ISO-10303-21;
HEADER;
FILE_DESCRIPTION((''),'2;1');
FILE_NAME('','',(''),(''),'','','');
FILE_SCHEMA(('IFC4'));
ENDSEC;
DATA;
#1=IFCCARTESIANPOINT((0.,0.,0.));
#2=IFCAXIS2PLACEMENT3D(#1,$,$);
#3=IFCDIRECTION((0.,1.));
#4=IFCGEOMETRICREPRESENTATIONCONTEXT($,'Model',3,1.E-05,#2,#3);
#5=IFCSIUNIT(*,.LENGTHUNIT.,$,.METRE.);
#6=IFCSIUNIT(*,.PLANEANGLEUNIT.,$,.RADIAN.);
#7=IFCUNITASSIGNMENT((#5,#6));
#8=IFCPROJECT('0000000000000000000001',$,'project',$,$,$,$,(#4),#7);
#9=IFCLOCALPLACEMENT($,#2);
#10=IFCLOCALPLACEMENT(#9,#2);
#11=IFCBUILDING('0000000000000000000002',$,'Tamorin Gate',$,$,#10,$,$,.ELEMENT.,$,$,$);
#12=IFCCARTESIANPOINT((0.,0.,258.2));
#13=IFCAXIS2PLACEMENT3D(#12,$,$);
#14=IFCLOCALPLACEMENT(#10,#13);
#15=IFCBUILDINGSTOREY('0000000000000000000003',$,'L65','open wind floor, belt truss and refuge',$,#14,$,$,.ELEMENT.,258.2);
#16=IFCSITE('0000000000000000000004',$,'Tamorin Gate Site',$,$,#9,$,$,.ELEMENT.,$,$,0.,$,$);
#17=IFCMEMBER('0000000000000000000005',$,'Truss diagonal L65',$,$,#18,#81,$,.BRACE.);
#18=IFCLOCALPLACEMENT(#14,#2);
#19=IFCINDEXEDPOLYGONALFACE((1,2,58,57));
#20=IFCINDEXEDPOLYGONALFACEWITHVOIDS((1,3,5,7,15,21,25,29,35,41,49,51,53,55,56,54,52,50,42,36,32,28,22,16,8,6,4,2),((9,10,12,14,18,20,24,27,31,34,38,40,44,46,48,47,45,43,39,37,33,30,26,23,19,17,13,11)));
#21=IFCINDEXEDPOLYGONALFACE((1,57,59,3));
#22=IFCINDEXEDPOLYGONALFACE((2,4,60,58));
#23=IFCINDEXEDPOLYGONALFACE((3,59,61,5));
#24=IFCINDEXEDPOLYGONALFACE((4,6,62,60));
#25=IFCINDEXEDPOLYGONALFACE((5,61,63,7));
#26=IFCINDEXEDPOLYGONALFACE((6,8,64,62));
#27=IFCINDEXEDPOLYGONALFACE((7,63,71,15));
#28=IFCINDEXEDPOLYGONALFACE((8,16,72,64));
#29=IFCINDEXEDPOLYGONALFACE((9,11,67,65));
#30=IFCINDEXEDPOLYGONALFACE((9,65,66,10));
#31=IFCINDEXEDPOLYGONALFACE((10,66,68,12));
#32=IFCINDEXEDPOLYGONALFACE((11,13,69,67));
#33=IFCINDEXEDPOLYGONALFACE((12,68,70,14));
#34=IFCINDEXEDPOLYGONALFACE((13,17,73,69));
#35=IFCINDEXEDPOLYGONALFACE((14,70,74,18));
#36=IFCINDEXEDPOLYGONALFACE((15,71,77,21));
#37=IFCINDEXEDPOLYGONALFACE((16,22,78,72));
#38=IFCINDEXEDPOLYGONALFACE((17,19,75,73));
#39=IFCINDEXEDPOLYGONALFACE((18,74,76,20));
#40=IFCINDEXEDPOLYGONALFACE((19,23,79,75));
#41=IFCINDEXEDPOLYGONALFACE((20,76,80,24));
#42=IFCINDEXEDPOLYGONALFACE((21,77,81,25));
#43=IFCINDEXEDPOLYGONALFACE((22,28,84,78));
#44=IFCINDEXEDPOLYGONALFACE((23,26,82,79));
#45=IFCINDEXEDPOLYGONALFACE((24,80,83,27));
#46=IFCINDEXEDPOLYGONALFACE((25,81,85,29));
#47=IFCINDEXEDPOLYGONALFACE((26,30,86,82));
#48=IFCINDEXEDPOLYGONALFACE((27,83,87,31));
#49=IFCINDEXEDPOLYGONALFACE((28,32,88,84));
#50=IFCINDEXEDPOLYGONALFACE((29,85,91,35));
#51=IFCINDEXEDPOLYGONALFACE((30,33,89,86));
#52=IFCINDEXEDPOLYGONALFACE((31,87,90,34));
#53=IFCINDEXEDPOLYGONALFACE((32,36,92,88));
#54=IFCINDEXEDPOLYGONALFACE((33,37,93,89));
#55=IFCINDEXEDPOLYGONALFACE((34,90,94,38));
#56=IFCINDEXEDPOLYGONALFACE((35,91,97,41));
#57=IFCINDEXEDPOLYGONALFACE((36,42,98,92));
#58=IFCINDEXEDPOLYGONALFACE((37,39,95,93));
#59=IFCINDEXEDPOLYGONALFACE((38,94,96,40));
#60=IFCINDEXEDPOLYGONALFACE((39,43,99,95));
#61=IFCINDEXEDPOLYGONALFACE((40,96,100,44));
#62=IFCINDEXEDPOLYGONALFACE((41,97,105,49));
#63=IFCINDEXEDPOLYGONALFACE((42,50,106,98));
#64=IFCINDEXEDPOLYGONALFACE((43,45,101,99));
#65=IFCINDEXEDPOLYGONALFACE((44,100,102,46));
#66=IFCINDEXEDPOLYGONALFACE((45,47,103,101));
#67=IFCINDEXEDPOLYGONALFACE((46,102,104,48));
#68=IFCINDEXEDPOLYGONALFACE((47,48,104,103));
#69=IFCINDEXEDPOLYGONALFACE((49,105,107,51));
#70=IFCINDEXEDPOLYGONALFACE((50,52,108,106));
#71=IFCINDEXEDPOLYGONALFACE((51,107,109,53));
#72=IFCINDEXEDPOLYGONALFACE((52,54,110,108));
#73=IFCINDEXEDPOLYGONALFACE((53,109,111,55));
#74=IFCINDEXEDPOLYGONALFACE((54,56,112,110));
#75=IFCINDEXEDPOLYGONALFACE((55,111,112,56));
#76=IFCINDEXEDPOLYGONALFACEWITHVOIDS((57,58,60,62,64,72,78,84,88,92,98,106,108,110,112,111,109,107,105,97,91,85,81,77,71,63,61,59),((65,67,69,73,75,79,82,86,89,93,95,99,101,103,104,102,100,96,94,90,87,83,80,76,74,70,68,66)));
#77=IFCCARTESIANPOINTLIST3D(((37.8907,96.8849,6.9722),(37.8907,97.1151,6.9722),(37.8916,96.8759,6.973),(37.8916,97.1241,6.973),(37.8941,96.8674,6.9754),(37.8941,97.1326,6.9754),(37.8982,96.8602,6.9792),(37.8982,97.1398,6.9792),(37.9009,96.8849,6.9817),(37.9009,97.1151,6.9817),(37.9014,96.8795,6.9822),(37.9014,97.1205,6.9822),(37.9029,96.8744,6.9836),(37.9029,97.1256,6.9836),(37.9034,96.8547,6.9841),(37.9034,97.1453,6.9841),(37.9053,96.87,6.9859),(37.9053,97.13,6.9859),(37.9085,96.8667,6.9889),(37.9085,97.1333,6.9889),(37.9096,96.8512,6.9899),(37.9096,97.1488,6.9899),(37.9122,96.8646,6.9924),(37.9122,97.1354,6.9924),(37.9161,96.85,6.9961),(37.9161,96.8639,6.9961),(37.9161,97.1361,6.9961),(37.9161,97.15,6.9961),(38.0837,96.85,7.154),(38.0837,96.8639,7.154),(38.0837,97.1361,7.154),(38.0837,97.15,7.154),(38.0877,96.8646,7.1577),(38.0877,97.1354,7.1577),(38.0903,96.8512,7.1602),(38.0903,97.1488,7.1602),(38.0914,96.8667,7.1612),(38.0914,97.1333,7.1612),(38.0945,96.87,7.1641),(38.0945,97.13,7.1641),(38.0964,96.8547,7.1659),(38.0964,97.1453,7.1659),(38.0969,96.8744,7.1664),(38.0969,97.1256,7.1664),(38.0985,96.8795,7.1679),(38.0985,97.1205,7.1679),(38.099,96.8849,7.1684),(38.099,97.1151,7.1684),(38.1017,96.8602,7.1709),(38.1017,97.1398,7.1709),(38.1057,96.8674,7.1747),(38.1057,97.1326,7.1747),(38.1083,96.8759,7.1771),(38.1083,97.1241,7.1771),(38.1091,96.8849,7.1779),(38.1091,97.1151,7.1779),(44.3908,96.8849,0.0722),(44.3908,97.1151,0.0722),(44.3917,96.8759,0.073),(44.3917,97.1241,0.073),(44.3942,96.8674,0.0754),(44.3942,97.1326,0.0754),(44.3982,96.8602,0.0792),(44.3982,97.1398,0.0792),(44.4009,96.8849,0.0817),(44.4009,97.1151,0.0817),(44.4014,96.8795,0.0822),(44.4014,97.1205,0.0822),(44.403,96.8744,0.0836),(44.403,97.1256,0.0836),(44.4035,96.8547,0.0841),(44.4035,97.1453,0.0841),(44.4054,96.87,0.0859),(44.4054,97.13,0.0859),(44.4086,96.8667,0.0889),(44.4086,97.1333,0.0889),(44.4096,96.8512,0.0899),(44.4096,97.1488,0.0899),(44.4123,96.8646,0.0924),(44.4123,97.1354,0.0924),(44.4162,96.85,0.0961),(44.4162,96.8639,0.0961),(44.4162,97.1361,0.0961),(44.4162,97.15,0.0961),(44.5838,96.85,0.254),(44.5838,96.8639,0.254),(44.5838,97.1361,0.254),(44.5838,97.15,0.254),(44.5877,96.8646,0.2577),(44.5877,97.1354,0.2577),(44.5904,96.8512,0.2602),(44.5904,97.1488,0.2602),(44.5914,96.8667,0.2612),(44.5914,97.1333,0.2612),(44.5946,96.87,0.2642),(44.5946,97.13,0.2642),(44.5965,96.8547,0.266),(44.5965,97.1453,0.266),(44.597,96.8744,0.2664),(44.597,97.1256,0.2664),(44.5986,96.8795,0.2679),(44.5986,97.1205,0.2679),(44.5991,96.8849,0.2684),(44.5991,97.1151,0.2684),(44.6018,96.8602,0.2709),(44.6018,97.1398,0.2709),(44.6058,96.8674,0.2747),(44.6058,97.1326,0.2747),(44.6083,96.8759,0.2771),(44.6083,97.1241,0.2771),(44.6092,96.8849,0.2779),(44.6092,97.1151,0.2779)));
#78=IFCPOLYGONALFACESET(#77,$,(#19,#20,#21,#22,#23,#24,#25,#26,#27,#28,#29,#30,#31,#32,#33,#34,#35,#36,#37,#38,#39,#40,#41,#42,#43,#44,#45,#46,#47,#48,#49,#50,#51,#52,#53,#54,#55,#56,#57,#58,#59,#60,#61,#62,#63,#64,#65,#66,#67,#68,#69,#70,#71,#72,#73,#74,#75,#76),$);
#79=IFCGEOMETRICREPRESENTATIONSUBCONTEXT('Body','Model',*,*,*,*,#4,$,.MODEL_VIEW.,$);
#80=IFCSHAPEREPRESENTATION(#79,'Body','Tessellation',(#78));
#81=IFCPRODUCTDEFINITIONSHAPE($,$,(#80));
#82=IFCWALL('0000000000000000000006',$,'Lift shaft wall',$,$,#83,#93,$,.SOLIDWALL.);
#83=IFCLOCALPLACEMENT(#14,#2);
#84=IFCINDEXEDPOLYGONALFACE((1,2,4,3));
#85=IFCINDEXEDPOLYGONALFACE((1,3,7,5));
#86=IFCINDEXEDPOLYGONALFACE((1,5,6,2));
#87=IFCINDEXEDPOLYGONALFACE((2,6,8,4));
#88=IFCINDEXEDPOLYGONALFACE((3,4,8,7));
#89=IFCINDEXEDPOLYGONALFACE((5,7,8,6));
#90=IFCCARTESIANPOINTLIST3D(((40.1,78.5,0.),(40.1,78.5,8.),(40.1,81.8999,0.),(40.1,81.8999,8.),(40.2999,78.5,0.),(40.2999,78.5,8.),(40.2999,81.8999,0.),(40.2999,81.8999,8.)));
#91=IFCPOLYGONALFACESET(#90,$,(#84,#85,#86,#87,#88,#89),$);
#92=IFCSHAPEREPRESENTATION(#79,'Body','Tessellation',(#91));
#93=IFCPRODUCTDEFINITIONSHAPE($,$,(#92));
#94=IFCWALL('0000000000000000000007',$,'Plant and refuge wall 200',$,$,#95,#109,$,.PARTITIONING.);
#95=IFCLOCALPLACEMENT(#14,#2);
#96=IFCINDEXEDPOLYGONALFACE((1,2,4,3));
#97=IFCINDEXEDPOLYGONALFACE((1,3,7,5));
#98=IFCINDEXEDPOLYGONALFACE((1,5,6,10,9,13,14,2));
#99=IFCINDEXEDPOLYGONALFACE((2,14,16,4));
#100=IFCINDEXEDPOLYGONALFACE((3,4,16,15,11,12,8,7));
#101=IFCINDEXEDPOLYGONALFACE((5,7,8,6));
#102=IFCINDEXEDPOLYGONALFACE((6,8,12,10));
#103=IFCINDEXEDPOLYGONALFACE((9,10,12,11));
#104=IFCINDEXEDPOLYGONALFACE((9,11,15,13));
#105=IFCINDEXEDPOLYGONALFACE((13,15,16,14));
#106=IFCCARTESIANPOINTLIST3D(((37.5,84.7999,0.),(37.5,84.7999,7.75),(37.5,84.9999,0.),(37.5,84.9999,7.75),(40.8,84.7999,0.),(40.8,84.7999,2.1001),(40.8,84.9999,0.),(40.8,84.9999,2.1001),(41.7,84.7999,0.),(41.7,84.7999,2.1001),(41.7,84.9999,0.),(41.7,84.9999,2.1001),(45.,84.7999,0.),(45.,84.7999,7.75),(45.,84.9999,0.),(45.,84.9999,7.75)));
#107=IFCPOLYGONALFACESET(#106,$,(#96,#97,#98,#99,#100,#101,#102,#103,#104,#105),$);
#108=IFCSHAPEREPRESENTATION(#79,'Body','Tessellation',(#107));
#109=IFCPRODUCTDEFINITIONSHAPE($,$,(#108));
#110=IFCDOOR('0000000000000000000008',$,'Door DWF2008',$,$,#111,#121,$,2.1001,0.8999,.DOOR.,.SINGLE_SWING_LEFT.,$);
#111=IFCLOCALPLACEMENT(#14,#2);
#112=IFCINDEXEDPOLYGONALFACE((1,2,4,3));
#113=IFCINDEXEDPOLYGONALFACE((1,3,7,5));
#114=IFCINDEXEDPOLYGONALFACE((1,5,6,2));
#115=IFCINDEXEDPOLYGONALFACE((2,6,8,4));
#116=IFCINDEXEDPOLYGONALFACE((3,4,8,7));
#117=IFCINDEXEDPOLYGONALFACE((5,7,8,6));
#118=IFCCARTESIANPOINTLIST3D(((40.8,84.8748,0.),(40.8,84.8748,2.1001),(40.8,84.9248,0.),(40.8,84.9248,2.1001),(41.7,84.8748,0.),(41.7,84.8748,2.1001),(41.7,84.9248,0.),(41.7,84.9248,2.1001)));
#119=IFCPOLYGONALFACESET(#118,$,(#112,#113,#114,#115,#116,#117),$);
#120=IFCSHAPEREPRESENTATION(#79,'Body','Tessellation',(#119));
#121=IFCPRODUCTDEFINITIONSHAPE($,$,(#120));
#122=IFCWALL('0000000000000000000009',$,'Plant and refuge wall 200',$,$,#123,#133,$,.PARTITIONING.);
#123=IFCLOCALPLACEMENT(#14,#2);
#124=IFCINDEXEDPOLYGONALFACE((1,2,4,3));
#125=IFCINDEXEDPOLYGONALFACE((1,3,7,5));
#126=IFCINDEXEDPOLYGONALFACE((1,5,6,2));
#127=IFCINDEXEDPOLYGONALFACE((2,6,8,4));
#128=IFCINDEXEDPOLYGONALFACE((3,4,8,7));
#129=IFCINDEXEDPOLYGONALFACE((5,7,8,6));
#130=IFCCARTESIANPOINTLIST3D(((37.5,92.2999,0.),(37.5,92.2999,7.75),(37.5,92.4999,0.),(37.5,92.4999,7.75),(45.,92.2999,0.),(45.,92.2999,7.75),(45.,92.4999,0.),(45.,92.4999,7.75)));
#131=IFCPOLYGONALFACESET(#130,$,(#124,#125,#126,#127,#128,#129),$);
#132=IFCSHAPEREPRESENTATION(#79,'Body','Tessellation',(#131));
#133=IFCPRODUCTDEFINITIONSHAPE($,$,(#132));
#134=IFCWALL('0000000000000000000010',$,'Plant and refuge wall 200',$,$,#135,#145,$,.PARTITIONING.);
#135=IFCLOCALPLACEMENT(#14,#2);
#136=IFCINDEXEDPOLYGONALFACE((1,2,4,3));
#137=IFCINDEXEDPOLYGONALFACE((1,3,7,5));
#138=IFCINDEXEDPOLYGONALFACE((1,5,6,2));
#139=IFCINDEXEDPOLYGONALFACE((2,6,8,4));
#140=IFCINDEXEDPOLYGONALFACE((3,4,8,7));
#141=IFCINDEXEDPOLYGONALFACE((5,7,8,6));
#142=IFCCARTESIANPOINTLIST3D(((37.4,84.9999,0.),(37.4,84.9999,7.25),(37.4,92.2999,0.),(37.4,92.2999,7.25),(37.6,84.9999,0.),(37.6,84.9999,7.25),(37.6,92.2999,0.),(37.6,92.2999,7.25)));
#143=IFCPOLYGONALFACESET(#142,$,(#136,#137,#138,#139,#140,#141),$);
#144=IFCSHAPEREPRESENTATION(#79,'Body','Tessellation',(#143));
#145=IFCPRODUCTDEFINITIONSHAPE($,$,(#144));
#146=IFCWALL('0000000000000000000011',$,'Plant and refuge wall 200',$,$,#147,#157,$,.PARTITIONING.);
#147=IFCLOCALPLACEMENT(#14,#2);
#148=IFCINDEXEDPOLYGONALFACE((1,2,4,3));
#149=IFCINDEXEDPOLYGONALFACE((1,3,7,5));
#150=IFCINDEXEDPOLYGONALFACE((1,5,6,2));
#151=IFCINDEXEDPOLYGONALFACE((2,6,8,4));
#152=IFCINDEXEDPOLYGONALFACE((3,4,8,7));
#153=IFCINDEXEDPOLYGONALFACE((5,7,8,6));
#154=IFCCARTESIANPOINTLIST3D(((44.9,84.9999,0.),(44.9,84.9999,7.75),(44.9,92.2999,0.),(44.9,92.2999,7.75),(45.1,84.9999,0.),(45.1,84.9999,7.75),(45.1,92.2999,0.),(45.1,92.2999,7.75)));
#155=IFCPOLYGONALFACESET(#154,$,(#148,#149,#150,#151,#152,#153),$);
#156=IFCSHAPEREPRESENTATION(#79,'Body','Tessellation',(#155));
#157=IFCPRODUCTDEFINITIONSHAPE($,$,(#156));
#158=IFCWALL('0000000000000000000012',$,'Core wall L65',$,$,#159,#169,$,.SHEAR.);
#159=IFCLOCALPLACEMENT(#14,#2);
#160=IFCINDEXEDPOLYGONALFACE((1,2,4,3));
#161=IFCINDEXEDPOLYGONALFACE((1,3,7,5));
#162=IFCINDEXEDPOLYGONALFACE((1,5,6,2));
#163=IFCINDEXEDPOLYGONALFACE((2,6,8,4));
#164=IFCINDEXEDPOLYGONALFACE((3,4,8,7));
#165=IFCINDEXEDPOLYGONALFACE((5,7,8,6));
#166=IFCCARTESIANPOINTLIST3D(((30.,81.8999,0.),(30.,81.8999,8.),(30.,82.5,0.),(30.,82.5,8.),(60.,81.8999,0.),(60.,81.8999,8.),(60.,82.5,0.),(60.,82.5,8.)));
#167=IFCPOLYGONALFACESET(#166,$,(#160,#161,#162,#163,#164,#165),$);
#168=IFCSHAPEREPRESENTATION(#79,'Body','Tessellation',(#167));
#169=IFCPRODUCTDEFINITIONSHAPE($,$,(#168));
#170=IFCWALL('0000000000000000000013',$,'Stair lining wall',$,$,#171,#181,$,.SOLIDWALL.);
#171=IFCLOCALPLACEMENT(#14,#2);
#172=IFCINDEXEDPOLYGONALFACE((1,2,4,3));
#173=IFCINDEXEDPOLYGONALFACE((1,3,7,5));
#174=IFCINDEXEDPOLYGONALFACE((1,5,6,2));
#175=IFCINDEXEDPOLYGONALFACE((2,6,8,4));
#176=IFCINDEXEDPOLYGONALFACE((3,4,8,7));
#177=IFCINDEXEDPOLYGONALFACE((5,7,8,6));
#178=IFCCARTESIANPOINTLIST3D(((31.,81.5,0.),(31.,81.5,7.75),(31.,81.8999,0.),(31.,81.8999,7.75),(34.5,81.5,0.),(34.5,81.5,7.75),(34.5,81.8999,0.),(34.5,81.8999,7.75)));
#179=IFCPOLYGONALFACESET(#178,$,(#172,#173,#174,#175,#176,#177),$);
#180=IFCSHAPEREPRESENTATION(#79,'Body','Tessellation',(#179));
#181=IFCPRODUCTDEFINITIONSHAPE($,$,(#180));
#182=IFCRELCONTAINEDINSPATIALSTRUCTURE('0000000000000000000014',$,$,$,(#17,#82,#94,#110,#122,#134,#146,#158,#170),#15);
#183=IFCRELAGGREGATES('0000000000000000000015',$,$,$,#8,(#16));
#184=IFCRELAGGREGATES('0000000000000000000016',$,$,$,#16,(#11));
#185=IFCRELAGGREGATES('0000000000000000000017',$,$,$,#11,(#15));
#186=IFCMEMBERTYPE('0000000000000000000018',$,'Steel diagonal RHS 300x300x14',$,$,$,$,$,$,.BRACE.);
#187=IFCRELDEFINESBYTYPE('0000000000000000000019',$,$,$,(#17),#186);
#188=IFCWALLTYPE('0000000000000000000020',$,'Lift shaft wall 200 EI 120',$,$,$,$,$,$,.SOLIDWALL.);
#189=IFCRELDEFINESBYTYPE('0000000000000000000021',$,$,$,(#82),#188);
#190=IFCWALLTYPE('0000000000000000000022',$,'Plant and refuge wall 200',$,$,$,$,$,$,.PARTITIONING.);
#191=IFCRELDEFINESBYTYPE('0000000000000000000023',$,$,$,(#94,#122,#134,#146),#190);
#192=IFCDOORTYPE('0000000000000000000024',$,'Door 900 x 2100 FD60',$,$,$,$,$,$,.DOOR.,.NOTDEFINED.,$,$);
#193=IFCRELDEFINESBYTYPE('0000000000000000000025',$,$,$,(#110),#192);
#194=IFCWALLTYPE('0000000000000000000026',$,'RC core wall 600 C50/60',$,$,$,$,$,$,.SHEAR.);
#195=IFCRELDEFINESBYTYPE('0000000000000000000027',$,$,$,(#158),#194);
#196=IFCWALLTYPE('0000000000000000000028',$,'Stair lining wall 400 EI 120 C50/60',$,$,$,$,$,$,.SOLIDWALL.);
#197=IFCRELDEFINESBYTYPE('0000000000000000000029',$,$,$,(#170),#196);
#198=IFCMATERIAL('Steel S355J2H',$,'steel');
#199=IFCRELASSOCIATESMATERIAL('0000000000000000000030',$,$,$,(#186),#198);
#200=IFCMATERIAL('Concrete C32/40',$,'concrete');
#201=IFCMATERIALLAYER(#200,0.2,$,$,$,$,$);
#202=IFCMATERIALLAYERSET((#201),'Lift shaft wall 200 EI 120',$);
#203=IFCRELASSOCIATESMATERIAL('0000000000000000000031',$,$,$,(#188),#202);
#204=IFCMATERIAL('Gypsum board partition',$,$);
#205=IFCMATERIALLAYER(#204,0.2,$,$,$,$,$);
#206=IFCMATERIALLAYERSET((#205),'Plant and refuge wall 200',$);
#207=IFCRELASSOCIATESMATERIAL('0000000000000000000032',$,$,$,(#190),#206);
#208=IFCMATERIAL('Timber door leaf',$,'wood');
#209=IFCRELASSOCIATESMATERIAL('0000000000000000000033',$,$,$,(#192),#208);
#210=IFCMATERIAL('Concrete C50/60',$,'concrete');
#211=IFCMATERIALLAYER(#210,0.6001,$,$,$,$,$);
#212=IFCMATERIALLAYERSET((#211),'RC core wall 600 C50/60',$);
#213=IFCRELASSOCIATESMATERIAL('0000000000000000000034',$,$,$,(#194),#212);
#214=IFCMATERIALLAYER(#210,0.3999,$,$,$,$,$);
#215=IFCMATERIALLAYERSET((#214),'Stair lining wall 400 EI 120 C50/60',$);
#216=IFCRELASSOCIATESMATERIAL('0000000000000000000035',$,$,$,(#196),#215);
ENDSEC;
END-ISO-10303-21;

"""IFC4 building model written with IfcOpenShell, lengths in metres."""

from ifc_helpers import new_model, si_unit, direction, frame, frame_2d, origin, origin_2d, place, context, subcontext, project, spatial, rectangle, hollow_rectangle, extrude, material, layer, layer_set, material_profile, profile_set, type_object, element, fill, save


model = new_model("IFC4")

# Units and contexts
model_context = context("Model", 3, precision=1e-05, world=origin(), true_north=direction((0.0, 1.0)))
body_context = subcontext(model_context, "Body", "Model", "MODEL_VIEW")
ifc_project = project(units=[si_unit("LENGTHUNIT", "METRE"), si_unit("PLANEANGLEUNIT", "RADIAN")], contexts=[model_context])

# Site, building, storey
site_placement = place(None, origin())
site = spatial("IfcSite", under=ifc_project, at=site_placement, Name="Tamorin Gate Site", CompositionType="ELEMENT", RefElevation=0.0)
building_placement = place(site_placement, origin())
building = spatial("IfcBuilding", under=site, at=building_placement, Name="Tamorin Gate", CompositionType="ELEMENT")
storey_placement = place(building_placement, frame((0.0, 0.0, 258.2)))
storey = spatial("IfcBuildingStorey", under=building, at=storey_placement, Name="L65", Description="open wind floor, belt truss and refuge", CompositionType="ELEMENT", Elevation=258.2)

# Shared definitions
ifc_material_1 = material(Name="Concrete C50/60", Category="concrete")

# Member
ifc_material_2 = material(Name="Steel S355J2H", Category="steel")
ifc_material_profile_1 = material_profile(ifc_material_2, hollow_rectangle(XDim=0.3, YDim=0.3, WallThickness=0.0139, InnerFilletRadius=0.021, OuterFilletRadius=0.0349, at=origin_2d()), Name="RHS 300x300x14")
ifc_profile_set_1 = profile_set([ifc_material_profile_1], Name="Steel S355J2H")
member_type_1 = type_object("IfcMemberType", Name="Steel diagonal RHS 300x300x14", PredefinedType="BRACE", material=ifc_profile_set_1)
member_placement = place(storey_placement, frame((44.5, 97.0, 0.175), z_axis=(-0.685699, 0.0, 0.727885), x_axis=(0.0, -1.0, 0.0)))
element("IfcMember", 1, at=member_placement, inside=storey, type_object=member_type_1, Name="Truss diagonal L65", PredefinedType="BRACE", context=body_context, shape_type="SweptSolid", body=[
    extrude(hollow_rectangle(XDim=0.3, YDim=0.3, WallThickness=0.0139, InnerFilletRadius=0.021, OuterFilletRadius=0.0349, at=origin_2d()), origin(), (0.0, 0.0, 1.0), 9.4795),
])

# Wall
ifc_material_3 = material(Name="Concrete C32/40", Category="concrete")
ifc_layer_1 = layer(ifc_material_3, 0.2)
ifc_layer_set_1 = layer_set([ifc_layer_1], Name="Lift shaft wall 200 EI 120")
wall_type_1 = type_object("IfcWallType", Name="Lift shaft wall 200 EI 120", PredefinedType="SOLIDWALL", material=ifc_layer_set_1)
wall_1_placement = place(storey_placement, frame((40.2, 78.5, 0.0), z_axis=(0.0, 0.0, 1.0), x_axis=(0.0, 1.0, 0.0)))
element("IfcWall", 2, at=wall_1_placement, inside=storey, type_object=wall_type_1, Name="Lift shaft wall", PredefinedType="SOLIDWALL", context=body_context, shape_type="SweptSolid", body=[
    extrude(rectangle(XDim=3.3999, YDim=0.2, at=frame_2d((1.7, 0.0))), origin(), (0.0, 0.0, 1.0), 8.0),
])

# Wall, opening, door
ifc_material_4 = material(Name="Gypsum board partition")
ifc_layer_2 = layer(ifc_material_4, 0.2)
ifc_layer_set_2 = layer_set([ifc_layer_2], Name="Plant and refuge wall 200")
wall_type_2 = type_object("IfcWallType", Name="Plant and refuge wall 200", PredefinedType="PARTITIONING", material=ifc_layer_set_2)
wall_2_placement = place(storey_placement, frame((37.5, 84.8999, 0.0), z_axis=(0.0, 0.0, 1.0), x_axis=(1.0, 0.0, 0.0)))
wall_2 = element("IfcWall", 3, at=wall_2_placement, inside=storey, type_object=wall_type_2, Name="Plant and refuge wall 200", PredefinedType="PARTITIONING", context=body_context, shape_type="SweptSolid", body=[
    extrude(rectangle(XDim=7.5, YDim=0.2, at=frame_2d((3.75, 0.0))), origin(), (0.0, 0.0, 1.0), 7.75),
])
opening_placement = place(wall_2_placement, frame((3.3, 0.0, 0.0)))
opening = element("IfcOpeningElement", 4, at=opening_placement, cuts=wall_2, PredefinedType="OPENING", context=body_context, shape_type="SweptSolid", body=[
    extrude(rectangle(XDim=0.8999, YDim=2.1001, at=frame_2d((0.45, 1.05))), frame((0.0, 0.1099, 0.0), z_axis=(0.0, -1.0, 0.0), x_axis=(1.0, 0.0, 0.0)), (0.0, 0.0, 1.0), 0.22),
])
ifc_material_5 = material(Name="Timber door leaf", Category="wood")
door_type = type_object("IfcDoorType", Name="Door 900 x 2100 FD60", OperationType="NOTDEFINED", PredefinedType="DOOR", material=ifc_material_5)
door_placement = place(opening_placement, origin())
door = element("IfcDoor", 5, at=door_placement, inside=storey, type_object=door_type, Name="Door DWF2008", OperationType="SINGLE_SWING_LEFT", OverallHeight=2.1001, OverallWidth=0.8999, PredefinedType="DOOR", context=body_context, shape_type="SweptSolid", body=[
    extrude(rectangle(XDim=0.8999, YDim=2.1001, at=frame_2d((0.45, 1.05))), frame((0.0, 0.0249, 0.0), z_axis=(0.0, -1.0, 0.0), x_axis=(1.0, 0.0, 0.0)), (0.0, 0.0, 1.0), 0.05),
])
fill(opening, door)

# Walls
wall_3_placement = place(storey_placement, frame((37.5, 92.3999, 0.0), z_axis=(0.0, 0.0, 1.0), x_axis=(1.0, 0.0, 0.0)))
element("IfcWall", 6, at=wall_3_placement, inside=storey, type_object=wall_type_2, Name="Plant and refuge wall 200", PredefinedType="PARTITIONING", context=body_context, shape_type="SweptSolid", body=[
    extrude(rectangle(XDim=7.5, YDim=0.2, at=frame_2d((3.75, 0.0))), origin(), (0.0, 0.0, 1.0), 7.75),
])
wall_4_placement = place(storey_placement, frame((37.5, 85.0, 0.0), z_axis=(0.0, 0.0, 1.0), x_axis=(0.0, 1.0, 0.0)))
element("IfcWall", 7, at=wall_4_placement, inside=storey, type_object=wall_type_2, Name="Plant and refuge wall 200", PredefinedType="PARTITIONING", context=body_context, shape_type="SweptSolid", body=[
    extrude(rectangle(XDim=7.3, YDim=0.2, at=frame_2d((3.6499, 0.0))), origin(), (0.0, 0.0, 1.0), 7.25),
])
wall_5_placement = place(storey_placement, frame((45.0, 85.0, 0.0), z_axis=(0.0, 0.0, 1.0), x_axis=(0.0, 1.0, 0.0)))
element("IfcWall", 8, at=wall_5_placement, inside=storey, type_object=wall_type_2, Name="Plant and refuge wall 200", PredefinedType="PARTITIONING", context=body_context, shape_type="SweptSolid", body=[
    extrude(rectangle(XDim=7.3, YDim=0.2, at=frame_2d((3.6499, 0.0))), origin(), (0.0, 0.0, 1.0), 7.75),
])
ifc_layer_3 = layer(ifc_material_1, 0.6001)
ifc_layer_set_3 = layer_set([ifc_layer_3], Name="RC core wall 600 C50/60")
wall_type_3 = type_object("IfcWallType", Name="RC core wall 600 C50/60", PredefinedType="SHEAR", material=ifc_layer_set_3)
wall_6_placement = place(storey_placement, frame((30.0, 82.2, 0.0), z_axis=(0.0, 0.0, 1.0), x_axis=(1.0, 0.0, 0.0)))
element("IfcWall", 9, at=wall_6_placement, inside=storey, type_object=wall_type_3, Name="Core wall L65", PredefinedType="SHEAR", context=body_context, shape_type="SweptSolid", body=[
    extrude(rectangle(XDim=30.0, YDim=0.6001, at=frame_2d((15.0, 0.0))), origin(), (0.0, 0.0, 1.0), 8.0),
])
ifc_layer_4 = layer(ifc_material_1, 0.3999)
ifc_layer_set_4 = layer_set([ifc_layer_4], Name="Stair lining wall 400 EI 120 C50/60")
wall_type_4 = type_object("IfcWallType", Name="Stair lining wall 400 EI 120 C50/60", PredefinedType="SOLIDWALL", material=ifc_layer_set_4)
wall_7_placement = place(storey_placement, frame((31.0, 81.7, 0.0), z_axis=(0.0, 0.0, 1.0), x_axis=(1.0, 0.0, 0.0)))
element("IfcWall", 10, at=wall_7_placement, inside=storey, type_object=wall_type_4, Name="Stair lining wall", PredefinedType="SOLIDWALL", context=body_context, shape_type="SweptSolid", body=[
    extrude(rectangle(XDim=3.5, YDim=0.3999, at=frame_2d((1.75, 0.0))), origin(), (0.0, 0.0, 1.0), 7.75),
])

save(model, "model.ifc")
